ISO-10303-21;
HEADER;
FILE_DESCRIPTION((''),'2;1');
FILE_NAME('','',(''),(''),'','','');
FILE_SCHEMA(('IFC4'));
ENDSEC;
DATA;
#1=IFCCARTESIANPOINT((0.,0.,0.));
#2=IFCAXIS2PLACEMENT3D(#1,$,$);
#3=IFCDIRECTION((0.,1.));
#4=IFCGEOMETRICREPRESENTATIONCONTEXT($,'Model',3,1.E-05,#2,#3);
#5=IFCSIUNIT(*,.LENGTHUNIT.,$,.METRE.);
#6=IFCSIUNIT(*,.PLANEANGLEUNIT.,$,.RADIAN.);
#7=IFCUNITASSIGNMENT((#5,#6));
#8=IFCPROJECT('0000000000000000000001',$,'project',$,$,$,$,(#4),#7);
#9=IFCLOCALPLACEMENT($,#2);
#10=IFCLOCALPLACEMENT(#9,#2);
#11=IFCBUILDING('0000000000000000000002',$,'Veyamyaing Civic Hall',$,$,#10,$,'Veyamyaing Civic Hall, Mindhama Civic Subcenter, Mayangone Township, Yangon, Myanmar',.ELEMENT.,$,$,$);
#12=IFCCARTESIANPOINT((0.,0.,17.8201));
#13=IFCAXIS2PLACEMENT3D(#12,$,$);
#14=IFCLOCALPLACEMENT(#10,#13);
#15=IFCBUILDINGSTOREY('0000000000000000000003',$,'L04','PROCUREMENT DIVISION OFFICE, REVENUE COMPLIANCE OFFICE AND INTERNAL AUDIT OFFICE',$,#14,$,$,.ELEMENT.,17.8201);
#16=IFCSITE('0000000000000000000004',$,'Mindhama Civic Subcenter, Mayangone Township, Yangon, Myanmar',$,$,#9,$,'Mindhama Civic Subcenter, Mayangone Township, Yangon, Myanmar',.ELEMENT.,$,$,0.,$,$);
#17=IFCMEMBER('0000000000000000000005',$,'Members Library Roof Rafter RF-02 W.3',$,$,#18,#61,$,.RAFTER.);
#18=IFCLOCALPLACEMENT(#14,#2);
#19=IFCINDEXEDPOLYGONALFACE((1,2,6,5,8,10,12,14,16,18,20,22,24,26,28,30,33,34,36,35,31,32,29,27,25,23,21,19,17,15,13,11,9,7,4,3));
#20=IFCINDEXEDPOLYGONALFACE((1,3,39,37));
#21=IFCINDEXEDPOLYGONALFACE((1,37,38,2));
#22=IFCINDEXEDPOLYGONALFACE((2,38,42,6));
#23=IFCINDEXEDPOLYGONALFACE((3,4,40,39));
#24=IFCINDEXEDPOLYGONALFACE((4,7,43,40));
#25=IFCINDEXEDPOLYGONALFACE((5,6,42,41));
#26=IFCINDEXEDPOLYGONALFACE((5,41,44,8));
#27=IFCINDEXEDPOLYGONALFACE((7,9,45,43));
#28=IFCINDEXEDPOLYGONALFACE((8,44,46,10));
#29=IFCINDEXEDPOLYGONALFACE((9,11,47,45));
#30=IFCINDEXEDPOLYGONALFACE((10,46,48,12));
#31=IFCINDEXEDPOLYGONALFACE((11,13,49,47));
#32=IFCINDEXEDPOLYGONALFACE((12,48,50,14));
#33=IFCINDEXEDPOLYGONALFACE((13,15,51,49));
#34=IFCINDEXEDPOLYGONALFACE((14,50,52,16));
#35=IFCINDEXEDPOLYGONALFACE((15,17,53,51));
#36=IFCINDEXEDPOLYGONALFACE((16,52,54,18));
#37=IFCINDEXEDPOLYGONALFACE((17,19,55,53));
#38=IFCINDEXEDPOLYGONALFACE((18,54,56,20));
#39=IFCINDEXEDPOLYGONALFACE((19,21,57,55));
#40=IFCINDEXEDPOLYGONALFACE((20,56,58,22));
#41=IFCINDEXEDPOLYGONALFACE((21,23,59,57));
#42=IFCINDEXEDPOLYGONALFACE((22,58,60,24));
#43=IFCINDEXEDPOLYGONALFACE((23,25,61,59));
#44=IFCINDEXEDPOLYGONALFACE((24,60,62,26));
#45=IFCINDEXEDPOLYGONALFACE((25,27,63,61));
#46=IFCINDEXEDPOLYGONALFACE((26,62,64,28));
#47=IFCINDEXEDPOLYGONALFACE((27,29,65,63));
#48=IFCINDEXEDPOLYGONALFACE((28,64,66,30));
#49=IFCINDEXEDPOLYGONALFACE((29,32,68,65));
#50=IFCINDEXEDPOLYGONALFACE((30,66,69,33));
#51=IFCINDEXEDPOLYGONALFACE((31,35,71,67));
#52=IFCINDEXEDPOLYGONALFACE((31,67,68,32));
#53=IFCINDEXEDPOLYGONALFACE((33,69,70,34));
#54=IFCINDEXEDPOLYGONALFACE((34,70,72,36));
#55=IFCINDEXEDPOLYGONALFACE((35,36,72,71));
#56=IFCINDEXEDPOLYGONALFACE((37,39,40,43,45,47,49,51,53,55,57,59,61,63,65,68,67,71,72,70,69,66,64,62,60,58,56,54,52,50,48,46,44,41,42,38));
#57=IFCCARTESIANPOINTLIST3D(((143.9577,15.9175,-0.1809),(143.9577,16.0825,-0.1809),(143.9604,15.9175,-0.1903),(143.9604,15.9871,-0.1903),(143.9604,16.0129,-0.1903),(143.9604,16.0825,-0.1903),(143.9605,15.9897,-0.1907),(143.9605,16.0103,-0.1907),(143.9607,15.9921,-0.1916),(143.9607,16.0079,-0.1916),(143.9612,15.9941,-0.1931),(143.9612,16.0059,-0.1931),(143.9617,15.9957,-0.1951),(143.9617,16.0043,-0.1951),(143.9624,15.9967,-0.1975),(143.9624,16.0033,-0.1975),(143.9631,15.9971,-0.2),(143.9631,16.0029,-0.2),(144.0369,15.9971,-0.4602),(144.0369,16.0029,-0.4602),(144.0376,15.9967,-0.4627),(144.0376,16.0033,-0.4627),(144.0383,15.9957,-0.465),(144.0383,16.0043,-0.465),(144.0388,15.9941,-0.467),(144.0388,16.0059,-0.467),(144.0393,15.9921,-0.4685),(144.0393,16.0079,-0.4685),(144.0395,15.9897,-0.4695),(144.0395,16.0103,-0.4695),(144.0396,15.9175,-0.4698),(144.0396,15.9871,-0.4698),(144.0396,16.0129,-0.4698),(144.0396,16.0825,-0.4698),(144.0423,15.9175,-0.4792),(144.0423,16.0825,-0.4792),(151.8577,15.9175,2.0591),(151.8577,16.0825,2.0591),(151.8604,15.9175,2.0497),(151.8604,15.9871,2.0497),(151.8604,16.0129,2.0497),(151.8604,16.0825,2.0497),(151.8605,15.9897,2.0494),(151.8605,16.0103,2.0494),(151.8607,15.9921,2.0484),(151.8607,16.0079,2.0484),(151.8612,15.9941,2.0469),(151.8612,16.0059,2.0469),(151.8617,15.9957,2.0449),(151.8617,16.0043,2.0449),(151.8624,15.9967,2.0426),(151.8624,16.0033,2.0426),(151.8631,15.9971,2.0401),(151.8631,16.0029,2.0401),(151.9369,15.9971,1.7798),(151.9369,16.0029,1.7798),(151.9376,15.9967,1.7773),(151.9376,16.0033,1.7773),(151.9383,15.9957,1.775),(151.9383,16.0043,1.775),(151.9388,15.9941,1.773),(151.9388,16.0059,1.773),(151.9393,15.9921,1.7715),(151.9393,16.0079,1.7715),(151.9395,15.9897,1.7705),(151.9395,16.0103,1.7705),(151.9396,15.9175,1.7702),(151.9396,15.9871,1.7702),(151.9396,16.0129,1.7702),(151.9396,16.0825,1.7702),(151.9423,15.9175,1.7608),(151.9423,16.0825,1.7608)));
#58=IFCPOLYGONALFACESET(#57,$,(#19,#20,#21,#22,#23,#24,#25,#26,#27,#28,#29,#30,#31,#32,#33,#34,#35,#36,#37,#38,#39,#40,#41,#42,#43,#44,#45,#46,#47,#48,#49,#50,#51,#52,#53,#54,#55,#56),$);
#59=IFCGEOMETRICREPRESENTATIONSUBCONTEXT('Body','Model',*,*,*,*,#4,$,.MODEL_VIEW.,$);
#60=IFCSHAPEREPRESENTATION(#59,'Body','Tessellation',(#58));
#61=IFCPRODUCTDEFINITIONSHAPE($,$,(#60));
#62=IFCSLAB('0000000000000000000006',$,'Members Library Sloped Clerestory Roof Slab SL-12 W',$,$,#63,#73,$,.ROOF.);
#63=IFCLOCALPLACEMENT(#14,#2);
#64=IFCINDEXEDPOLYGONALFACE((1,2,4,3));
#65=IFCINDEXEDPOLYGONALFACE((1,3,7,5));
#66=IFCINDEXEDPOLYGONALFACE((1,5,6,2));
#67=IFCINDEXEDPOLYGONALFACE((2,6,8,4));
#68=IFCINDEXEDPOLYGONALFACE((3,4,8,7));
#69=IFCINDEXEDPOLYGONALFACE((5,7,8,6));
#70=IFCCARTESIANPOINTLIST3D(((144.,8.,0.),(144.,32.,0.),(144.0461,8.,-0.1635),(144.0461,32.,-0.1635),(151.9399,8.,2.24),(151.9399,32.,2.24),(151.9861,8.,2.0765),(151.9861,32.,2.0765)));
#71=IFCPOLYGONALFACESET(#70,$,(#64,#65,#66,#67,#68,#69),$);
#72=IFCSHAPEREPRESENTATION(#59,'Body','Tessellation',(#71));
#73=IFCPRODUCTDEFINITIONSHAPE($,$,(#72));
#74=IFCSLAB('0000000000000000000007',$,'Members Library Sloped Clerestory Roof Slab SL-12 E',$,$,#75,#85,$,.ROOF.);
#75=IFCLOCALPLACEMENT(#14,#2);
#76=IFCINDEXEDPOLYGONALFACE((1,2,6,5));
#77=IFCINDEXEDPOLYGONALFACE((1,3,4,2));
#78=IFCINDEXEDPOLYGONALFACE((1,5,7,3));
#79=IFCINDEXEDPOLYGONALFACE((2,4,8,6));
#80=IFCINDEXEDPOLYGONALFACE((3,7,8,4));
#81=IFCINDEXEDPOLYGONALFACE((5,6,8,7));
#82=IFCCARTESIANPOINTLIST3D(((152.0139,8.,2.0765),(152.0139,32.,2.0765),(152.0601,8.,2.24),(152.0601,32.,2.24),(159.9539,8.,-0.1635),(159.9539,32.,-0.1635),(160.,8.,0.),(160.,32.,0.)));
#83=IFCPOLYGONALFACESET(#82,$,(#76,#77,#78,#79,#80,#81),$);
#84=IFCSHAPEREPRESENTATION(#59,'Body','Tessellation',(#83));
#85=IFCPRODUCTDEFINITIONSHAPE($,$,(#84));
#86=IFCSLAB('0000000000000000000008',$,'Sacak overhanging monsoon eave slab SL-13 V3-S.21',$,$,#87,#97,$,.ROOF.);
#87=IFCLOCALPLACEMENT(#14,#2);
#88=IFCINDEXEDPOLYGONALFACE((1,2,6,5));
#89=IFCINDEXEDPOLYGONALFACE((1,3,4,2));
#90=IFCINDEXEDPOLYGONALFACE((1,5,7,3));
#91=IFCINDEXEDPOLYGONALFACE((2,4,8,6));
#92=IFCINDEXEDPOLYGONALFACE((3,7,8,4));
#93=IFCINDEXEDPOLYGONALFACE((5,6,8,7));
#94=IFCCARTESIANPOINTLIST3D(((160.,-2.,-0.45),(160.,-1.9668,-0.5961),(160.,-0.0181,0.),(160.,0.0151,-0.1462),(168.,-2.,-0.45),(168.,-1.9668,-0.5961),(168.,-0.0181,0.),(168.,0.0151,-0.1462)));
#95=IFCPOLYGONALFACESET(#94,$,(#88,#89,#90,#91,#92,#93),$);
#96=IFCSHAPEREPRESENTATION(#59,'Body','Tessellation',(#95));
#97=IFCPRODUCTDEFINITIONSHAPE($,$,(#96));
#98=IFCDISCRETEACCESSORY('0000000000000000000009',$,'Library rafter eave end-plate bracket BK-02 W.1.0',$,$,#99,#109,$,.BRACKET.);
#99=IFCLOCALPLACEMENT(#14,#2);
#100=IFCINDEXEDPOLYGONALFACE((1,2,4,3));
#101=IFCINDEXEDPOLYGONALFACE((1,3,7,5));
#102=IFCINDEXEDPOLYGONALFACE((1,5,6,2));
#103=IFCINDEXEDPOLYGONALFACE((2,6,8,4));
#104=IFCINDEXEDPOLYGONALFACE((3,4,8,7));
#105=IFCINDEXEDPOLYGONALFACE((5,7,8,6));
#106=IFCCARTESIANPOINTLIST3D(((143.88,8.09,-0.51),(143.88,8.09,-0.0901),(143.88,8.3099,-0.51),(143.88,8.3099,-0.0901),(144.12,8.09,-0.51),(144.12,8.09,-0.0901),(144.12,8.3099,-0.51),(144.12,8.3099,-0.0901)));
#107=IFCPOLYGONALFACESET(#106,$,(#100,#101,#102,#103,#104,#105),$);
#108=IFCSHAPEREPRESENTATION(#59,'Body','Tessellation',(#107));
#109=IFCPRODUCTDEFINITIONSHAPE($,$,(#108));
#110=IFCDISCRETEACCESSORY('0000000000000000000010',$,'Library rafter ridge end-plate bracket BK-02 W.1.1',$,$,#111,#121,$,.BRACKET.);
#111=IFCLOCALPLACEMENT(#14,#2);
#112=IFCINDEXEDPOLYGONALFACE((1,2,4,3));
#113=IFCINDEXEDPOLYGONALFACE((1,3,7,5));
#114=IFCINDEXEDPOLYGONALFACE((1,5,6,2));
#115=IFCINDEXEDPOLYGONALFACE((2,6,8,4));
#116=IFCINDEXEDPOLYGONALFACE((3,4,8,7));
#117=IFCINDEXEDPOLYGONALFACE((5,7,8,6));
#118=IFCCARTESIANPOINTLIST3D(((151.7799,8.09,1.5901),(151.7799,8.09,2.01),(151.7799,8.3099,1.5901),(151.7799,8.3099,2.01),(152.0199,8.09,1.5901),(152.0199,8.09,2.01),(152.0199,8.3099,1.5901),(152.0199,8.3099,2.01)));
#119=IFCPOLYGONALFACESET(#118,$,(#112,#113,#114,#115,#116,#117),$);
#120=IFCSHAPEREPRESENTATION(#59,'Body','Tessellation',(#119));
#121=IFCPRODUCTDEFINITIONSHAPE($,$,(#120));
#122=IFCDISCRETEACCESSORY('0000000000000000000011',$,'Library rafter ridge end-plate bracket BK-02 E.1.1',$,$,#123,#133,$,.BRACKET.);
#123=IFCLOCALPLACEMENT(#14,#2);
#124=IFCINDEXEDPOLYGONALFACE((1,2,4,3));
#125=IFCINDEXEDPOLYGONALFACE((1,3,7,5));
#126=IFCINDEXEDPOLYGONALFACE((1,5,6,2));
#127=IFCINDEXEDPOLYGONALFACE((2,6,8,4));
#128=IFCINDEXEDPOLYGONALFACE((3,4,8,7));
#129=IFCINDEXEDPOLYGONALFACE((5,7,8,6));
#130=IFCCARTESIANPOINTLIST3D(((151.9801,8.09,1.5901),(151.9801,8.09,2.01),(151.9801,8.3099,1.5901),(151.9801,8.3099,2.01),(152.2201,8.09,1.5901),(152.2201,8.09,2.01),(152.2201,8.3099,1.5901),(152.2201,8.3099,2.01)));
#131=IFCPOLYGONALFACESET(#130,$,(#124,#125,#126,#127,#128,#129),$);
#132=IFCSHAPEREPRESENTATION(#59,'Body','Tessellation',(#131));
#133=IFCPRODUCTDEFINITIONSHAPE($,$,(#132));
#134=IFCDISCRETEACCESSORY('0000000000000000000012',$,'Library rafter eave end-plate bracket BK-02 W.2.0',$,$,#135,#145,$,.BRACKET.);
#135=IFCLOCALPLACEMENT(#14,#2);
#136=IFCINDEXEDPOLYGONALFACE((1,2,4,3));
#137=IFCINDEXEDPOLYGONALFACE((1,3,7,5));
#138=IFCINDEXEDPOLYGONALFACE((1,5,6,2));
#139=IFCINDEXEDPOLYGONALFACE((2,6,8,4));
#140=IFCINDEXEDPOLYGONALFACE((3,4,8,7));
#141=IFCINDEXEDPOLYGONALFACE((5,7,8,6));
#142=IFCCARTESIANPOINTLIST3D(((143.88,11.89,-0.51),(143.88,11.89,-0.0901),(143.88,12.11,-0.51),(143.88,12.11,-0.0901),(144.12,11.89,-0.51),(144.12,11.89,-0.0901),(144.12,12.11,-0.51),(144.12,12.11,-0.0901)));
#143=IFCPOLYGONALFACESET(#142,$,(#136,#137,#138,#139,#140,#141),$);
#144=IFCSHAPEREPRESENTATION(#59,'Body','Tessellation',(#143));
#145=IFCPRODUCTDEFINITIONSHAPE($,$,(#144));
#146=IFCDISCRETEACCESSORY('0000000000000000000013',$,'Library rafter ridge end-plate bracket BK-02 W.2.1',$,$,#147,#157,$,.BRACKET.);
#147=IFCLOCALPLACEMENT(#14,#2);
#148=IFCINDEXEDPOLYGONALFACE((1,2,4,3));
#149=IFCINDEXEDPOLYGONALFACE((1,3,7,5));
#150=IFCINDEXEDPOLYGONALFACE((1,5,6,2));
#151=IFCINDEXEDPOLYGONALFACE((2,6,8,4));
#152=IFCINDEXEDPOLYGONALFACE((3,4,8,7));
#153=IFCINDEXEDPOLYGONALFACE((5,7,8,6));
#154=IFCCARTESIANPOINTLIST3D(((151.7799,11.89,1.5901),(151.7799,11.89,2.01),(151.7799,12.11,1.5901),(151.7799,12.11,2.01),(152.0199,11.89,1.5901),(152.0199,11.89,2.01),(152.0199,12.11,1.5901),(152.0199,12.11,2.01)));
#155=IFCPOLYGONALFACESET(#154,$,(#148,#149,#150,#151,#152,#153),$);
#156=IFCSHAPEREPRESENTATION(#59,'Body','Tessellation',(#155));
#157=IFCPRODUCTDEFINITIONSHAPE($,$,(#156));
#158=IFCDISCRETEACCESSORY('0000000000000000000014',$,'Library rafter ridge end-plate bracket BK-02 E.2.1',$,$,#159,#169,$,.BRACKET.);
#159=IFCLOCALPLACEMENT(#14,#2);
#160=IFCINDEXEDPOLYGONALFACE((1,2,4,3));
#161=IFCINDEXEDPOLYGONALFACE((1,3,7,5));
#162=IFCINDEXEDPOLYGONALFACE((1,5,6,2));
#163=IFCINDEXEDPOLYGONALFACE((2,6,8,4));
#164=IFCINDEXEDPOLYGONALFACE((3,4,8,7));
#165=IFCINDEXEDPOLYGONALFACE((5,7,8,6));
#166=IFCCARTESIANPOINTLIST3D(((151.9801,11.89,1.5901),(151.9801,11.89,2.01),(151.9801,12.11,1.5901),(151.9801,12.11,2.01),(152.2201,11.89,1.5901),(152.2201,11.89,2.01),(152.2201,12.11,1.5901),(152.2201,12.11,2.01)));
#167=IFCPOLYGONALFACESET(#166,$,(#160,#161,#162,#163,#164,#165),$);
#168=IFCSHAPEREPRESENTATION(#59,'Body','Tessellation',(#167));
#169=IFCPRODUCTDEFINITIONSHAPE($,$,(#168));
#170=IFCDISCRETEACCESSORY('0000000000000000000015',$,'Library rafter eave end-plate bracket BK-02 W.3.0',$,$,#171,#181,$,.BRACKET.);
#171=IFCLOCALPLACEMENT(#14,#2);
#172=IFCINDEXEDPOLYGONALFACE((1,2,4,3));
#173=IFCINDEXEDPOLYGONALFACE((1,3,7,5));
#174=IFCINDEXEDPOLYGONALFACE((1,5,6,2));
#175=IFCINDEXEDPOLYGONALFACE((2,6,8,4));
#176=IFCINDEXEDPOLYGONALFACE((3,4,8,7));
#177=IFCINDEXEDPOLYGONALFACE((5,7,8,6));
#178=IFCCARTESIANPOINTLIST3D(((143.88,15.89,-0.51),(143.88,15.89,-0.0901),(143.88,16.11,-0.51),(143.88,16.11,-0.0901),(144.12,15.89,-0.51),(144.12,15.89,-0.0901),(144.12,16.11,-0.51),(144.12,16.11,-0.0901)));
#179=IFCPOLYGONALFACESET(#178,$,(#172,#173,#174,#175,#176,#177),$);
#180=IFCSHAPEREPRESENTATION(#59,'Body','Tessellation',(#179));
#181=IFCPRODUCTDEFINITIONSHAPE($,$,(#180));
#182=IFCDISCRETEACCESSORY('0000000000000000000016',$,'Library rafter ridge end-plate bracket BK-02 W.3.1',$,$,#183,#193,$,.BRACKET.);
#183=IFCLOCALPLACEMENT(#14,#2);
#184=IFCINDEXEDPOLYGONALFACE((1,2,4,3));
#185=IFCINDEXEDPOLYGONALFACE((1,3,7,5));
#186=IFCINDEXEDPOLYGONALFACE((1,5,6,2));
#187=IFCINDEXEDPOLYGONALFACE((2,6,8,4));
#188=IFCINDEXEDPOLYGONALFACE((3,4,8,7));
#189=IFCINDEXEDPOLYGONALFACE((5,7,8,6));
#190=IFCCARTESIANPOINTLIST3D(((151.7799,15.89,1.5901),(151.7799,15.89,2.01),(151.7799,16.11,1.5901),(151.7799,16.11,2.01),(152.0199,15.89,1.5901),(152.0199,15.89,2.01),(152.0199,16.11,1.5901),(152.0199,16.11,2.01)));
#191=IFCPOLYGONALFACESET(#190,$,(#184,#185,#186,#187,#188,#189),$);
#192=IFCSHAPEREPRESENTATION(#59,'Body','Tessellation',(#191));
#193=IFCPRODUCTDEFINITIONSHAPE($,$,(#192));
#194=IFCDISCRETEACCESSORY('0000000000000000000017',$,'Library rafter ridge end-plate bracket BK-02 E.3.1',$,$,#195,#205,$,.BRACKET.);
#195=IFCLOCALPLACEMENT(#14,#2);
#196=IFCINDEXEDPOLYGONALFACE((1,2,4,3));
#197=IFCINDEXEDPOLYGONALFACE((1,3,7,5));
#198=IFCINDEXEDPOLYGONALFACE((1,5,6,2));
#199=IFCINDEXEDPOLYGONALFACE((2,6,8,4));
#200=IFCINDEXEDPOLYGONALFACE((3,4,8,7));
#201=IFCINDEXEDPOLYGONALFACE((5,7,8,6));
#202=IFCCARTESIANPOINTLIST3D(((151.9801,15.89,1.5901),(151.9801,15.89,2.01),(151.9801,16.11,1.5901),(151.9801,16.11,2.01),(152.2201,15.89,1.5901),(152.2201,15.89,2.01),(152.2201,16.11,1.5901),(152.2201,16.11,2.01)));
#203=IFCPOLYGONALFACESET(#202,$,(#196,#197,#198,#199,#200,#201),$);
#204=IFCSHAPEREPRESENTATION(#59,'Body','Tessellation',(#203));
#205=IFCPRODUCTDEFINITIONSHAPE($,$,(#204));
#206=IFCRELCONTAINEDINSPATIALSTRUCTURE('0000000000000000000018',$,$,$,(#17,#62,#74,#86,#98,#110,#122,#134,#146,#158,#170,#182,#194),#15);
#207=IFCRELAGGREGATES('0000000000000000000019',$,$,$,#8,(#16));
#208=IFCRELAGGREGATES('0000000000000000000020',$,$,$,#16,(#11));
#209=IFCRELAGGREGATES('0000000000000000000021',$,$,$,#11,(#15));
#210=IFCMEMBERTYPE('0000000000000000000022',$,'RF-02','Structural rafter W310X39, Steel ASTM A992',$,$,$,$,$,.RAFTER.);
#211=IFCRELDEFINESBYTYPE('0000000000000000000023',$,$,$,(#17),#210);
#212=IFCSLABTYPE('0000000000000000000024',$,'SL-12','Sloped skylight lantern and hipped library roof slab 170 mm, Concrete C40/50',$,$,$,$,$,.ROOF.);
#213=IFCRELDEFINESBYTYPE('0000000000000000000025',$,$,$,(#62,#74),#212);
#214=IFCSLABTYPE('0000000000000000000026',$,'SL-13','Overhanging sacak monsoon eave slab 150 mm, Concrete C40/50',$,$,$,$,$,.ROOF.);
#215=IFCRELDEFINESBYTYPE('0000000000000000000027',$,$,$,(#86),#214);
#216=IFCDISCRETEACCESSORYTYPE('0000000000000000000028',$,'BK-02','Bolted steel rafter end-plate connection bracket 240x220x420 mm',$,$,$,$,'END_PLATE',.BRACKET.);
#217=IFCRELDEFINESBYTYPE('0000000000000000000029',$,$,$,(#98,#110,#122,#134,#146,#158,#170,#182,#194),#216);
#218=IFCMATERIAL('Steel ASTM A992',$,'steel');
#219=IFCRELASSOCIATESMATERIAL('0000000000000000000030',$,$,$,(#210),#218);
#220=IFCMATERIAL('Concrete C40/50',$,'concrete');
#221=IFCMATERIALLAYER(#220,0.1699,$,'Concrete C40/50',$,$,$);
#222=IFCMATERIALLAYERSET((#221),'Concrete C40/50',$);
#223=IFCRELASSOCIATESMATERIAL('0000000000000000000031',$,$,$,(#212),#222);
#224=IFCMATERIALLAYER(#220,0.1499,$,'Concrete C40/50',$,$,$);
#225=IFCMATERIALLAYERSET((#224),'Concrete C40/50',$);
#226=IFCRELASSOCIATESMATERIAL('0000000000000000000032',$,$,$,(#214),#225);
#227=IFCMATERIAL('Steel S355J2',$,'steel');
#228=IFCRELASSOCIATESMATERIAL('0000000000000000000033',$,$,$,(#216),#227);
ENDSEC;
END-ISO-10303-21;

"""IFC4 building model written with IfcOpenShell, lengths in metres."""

from ifc_helpers import new_model, si_unit, direction, frame, origin, origin_2d, place, context, subcontext, project, spatial, polyline, rectangle, i_section, outline, extrude, material, layer, layer_set, material_profile, profile_set, type_object, element, save


model = new_model("IFC4")

# Units and contexts
model_context = context("Model", 3, precision=1e-05, world=origin(), true_north=direction((0.0, 1.0)))
body_context = subcontext(model_context, "Body", "Model", "MODEL_VIEW")
ifc_project = project(units=[si_unit("LENGTHUNIT", "METRE"), si_unit("PLANEANGLEUNIT", "RADIAN")], contexts=[model_context])

# Site, building, storey
site_placement = place(None, origin())
site = spatial("IfcSite", under=ifc_project, at=site_placement, Name="Mindhama Civic Subcenter, Mayangone Township, Yangon, Myanmar", LongName="Mindhama Civic Subcenter, Mayangone Township, Yangon, Myanmar", CompositionType="ELEMENT", RefElevation=0.0)
building_placement = place(site_placement, origin())
building = spatial("IfcBuilding", under=site, at=building_placement, Name="Veyamyaing Civic Hall", LongName="Veyamyaing Civic Hall, Mindhama Civic Subcenter, Mayangone Township, Yangon, Myanmar", CompositionType="ELEMENT")
storey_placement = place(building_placement, frame((0.0, 0.0, 17.8201)))
storey = spatial("IfcBuildingStorey", under=building, at=storey_placement, Name="L04", Description="PROCUREMENT DIVISION OFFICE, REVENUE COMPLIANCE OFFICE AND INTERNAL AUDIT OFFICE", CompositionType="ELEMENT", Elevation=17.8201)

# Shared definitions
ifc_material_1 = material(Name="Steel ASTM A992", Category="steel")

# Member
ifc_material_profile_1 = material_profile(ifc_material_1, i_section(OverallWidth=0.165, OverallDepth=0.3101, WebThickness=0.0059, FlangeThickness=0.0098, FilletRadius=0.01, at=origin_2d()), Name="W310X39")
ifc_profile_set_1 = profile_set([ifc_material_profile_1], Name="Steel ASTM A992")
member_type = type_object("IfcMemberType", Name="RF-02", Description="Structural rafter W310X39, Steel ASTM A992", PredefinedType="RAFTER", material=ifc_profile_set_1)
for number, where, z_axis, x_axis, name in (
    (1, (144.0, 16.0, -0.3301), (0.962073, 0.0, 0.272792), (0.0, 1.0, 0.0), "Members Library Roof Rafter RF-02 W.3"),
):
    element("IfcMember", number, at=place(storey_placement, frame(where, z_axis=z_axis, x_axis=x_axis)), inside=storey, type_object=member_type, Name=name, PredefinedType="RAFTER", context=body_context, shape_type="SweptSolid", body=[
        extrude(i_section(OverallWidth=0.165, OverallDepth=0.3101, WebThickness=0.0059, FlangeThickness=0.0098, FilletRadius=0.01, at=origin_2d()), origin(), (0.0, 0.0, 1.0), 8.2114),
    ])

# Slabs
ifc_material_2 = material(Name="Concrete C40/50", Category="concrete")
ifc_layer_1 = layer(ifc_material_2, 0.1699, Name="Concrete C40/50")
ifc_layer_set_1 = layer_set([ifc_layer_1], Name="Concrete C40/50")
slab_type_1 = type_object("IfcSlabType", Name="SL-12", Description="Sloped skylight lantern and hipped library roof slab 170 mm, Concrete C40/50", PredefinedType="ROOF", material=ifc_layer_set_1)
for number, where, z_axis, x_axis, name in (
    (2, (144.0, 8.0, 0.0), (-0.271519, 0.0, 0.962433), (0.962433, 0.0, 0.271519), "Members Library Sloped Clerestory Roof Slab SL-12 W"),
    (3, (152.0601, 8.0, 2.24), (0.271519, 0.0, 0.962433), (0.962433, 0.0, -0.271519), "Members Library Sloped Clerestory Roof Slab SL-12 E"),
):
    element("IfcSlab", number, at=place(storey_placement, frame(where, z_axis=z_axis, x_axis=x_axis)), inside=storey, type_object=slab_type_1, Name=name, PredefinedType="ROOF", context=body_context, shape_type="SweptSolid", body=[
        extrude(outline(polyline([(0.0, 0.0), (8.2499, 0.0), (8.2499, 24.0), (0.0, 24.0), (0.0, 0.0)])), origin(), (0.0, 0.0, -1.0), 0.1699),
    ])
ifc_layer_2 = layer(ifc_material_2, 0.1499, Name="Concrete C40/50")
ifc_layer_set_2 = layer_set([ifc_layer_2], Name="Concrete C40/50")
slab_type_2 = type_object("IfcSlabType", Name="SL-13", Description="Overhanging sacak monsoon eave slab 150 mm, Concrete C40/50", PredefinedType="ROOF", material=ifc_layer_set_2)
slab_placement = place(storey_placement, frame((160.0, -2.0, -0.45), z_axis=(0.0, -0.221393, 0.975185), x_axis=(1.0, 0.0, 0.0)))
element("IfcSlab", 4, at=slab_placement, inside=storey, type_object=slab_type_2, Name="Sacak overhanging monsoon eave slab SL-13 V3-S.21", PredefinedType="ROOF", context=body_context, shape_type="SweptSolid", body=[
    extrude(outline(polyline([(0.0, 0.0), (8.0, 0.0), (8.0, 2.0324), (0.0, 2.0324), (0.0, 0.0)])), origin(), (0.0, 0.0, -1.0), 0.1499),
])

# Discrete accessories
ifc_material_3 = material(Name="Steel S355J2", Category="steel")
discrete_accessory_type = type_object("IfcDiscreteAccessoryType", Name="BK-02", Description="Bolted steel rafter end-plate connection bracket 240x220x420 mm", ElementType="END_PLATE", PredefinedType="BRACKET", material=ifc_material_3)
for number, where, z_axis, x_axis, name in (
    (5, (144.0, 8.2, -0.51), (0.0, 0.0, 1.0), (1.0, 0.0, 0.0), "Library rafter eave end-plate bracket BK-02 W.1.0"),
    (6, (151.8999, 8.2, 1.5901), (0.0, 0.0, 1.0), (1.0, 0.0, 0.0), "Library rafter ridge end-plate bracket BK-02 W.1.1"),
    (7, (152.1001, 8.2, 1.5901), (0.0, 0.0, 1.0), (1.0, 0.0, 0.0), "Library rafter ridge end-plate bracket BK-02 E.1.1"),
    (8, (144.0, 12.0, -0.51), (0.0, 0.0, 1.0), (1.0, 0.0, 0.0), "Library rafter eave end-plate bracket BK-02 W.2.0"),
    (9, (151.8999, 12.0, 1.5901), (0.0, 0.0, 1.0), (1.0, 0.0, 0.0), "Library rafter ridge end-plate bracket BK-02 W.2.1"),
    (10, (152.1001, 12.0, 1.5901), (0.0, 0.0, 1.0), (1.0, 0.0, 0.0), "Library rafter ridge end-plate bracket BK-02 E.2.1"),
    (11, (144.0, 16.0, -0.51), (0.0, 0.0, 1.0), (1.0, 0.0, 0.0), "Library rafter eave end-plate bracket BK-02 W.3.0"),
    (12, (151.8999, 16.0, 1.5901), (0.0, 0.0, 1.0), (1.0, 0.0, 0.0), "Library rafter ridge end-plate bracket BK-02 W.3.1"),
    (13, (152.1001, 16.0, 1.5901), (0.0, 0.0, 1.0), (1.0, 0.0, 0.0), "Library rafter ridge end-plate bracket BK-02 E.3.1"),
):
    element("IfcDiscreteAccessory", number, at=place(storey_placement, frame(where, z_axis=z_axis, x_axis=x_axis)), inside=storey, type_object=discrete_accessory_type, Name=name, PredefinedType="BRACKET", context=body_context, shape_type="SweptSolid", body=[
        extrude(rectangle(XDim=0.24, YDim=0.22, at=origin_2d()), origin(), (0.0, 0.0, 1.0), 0.4199),
    ])

save(model, "model.ifc")
